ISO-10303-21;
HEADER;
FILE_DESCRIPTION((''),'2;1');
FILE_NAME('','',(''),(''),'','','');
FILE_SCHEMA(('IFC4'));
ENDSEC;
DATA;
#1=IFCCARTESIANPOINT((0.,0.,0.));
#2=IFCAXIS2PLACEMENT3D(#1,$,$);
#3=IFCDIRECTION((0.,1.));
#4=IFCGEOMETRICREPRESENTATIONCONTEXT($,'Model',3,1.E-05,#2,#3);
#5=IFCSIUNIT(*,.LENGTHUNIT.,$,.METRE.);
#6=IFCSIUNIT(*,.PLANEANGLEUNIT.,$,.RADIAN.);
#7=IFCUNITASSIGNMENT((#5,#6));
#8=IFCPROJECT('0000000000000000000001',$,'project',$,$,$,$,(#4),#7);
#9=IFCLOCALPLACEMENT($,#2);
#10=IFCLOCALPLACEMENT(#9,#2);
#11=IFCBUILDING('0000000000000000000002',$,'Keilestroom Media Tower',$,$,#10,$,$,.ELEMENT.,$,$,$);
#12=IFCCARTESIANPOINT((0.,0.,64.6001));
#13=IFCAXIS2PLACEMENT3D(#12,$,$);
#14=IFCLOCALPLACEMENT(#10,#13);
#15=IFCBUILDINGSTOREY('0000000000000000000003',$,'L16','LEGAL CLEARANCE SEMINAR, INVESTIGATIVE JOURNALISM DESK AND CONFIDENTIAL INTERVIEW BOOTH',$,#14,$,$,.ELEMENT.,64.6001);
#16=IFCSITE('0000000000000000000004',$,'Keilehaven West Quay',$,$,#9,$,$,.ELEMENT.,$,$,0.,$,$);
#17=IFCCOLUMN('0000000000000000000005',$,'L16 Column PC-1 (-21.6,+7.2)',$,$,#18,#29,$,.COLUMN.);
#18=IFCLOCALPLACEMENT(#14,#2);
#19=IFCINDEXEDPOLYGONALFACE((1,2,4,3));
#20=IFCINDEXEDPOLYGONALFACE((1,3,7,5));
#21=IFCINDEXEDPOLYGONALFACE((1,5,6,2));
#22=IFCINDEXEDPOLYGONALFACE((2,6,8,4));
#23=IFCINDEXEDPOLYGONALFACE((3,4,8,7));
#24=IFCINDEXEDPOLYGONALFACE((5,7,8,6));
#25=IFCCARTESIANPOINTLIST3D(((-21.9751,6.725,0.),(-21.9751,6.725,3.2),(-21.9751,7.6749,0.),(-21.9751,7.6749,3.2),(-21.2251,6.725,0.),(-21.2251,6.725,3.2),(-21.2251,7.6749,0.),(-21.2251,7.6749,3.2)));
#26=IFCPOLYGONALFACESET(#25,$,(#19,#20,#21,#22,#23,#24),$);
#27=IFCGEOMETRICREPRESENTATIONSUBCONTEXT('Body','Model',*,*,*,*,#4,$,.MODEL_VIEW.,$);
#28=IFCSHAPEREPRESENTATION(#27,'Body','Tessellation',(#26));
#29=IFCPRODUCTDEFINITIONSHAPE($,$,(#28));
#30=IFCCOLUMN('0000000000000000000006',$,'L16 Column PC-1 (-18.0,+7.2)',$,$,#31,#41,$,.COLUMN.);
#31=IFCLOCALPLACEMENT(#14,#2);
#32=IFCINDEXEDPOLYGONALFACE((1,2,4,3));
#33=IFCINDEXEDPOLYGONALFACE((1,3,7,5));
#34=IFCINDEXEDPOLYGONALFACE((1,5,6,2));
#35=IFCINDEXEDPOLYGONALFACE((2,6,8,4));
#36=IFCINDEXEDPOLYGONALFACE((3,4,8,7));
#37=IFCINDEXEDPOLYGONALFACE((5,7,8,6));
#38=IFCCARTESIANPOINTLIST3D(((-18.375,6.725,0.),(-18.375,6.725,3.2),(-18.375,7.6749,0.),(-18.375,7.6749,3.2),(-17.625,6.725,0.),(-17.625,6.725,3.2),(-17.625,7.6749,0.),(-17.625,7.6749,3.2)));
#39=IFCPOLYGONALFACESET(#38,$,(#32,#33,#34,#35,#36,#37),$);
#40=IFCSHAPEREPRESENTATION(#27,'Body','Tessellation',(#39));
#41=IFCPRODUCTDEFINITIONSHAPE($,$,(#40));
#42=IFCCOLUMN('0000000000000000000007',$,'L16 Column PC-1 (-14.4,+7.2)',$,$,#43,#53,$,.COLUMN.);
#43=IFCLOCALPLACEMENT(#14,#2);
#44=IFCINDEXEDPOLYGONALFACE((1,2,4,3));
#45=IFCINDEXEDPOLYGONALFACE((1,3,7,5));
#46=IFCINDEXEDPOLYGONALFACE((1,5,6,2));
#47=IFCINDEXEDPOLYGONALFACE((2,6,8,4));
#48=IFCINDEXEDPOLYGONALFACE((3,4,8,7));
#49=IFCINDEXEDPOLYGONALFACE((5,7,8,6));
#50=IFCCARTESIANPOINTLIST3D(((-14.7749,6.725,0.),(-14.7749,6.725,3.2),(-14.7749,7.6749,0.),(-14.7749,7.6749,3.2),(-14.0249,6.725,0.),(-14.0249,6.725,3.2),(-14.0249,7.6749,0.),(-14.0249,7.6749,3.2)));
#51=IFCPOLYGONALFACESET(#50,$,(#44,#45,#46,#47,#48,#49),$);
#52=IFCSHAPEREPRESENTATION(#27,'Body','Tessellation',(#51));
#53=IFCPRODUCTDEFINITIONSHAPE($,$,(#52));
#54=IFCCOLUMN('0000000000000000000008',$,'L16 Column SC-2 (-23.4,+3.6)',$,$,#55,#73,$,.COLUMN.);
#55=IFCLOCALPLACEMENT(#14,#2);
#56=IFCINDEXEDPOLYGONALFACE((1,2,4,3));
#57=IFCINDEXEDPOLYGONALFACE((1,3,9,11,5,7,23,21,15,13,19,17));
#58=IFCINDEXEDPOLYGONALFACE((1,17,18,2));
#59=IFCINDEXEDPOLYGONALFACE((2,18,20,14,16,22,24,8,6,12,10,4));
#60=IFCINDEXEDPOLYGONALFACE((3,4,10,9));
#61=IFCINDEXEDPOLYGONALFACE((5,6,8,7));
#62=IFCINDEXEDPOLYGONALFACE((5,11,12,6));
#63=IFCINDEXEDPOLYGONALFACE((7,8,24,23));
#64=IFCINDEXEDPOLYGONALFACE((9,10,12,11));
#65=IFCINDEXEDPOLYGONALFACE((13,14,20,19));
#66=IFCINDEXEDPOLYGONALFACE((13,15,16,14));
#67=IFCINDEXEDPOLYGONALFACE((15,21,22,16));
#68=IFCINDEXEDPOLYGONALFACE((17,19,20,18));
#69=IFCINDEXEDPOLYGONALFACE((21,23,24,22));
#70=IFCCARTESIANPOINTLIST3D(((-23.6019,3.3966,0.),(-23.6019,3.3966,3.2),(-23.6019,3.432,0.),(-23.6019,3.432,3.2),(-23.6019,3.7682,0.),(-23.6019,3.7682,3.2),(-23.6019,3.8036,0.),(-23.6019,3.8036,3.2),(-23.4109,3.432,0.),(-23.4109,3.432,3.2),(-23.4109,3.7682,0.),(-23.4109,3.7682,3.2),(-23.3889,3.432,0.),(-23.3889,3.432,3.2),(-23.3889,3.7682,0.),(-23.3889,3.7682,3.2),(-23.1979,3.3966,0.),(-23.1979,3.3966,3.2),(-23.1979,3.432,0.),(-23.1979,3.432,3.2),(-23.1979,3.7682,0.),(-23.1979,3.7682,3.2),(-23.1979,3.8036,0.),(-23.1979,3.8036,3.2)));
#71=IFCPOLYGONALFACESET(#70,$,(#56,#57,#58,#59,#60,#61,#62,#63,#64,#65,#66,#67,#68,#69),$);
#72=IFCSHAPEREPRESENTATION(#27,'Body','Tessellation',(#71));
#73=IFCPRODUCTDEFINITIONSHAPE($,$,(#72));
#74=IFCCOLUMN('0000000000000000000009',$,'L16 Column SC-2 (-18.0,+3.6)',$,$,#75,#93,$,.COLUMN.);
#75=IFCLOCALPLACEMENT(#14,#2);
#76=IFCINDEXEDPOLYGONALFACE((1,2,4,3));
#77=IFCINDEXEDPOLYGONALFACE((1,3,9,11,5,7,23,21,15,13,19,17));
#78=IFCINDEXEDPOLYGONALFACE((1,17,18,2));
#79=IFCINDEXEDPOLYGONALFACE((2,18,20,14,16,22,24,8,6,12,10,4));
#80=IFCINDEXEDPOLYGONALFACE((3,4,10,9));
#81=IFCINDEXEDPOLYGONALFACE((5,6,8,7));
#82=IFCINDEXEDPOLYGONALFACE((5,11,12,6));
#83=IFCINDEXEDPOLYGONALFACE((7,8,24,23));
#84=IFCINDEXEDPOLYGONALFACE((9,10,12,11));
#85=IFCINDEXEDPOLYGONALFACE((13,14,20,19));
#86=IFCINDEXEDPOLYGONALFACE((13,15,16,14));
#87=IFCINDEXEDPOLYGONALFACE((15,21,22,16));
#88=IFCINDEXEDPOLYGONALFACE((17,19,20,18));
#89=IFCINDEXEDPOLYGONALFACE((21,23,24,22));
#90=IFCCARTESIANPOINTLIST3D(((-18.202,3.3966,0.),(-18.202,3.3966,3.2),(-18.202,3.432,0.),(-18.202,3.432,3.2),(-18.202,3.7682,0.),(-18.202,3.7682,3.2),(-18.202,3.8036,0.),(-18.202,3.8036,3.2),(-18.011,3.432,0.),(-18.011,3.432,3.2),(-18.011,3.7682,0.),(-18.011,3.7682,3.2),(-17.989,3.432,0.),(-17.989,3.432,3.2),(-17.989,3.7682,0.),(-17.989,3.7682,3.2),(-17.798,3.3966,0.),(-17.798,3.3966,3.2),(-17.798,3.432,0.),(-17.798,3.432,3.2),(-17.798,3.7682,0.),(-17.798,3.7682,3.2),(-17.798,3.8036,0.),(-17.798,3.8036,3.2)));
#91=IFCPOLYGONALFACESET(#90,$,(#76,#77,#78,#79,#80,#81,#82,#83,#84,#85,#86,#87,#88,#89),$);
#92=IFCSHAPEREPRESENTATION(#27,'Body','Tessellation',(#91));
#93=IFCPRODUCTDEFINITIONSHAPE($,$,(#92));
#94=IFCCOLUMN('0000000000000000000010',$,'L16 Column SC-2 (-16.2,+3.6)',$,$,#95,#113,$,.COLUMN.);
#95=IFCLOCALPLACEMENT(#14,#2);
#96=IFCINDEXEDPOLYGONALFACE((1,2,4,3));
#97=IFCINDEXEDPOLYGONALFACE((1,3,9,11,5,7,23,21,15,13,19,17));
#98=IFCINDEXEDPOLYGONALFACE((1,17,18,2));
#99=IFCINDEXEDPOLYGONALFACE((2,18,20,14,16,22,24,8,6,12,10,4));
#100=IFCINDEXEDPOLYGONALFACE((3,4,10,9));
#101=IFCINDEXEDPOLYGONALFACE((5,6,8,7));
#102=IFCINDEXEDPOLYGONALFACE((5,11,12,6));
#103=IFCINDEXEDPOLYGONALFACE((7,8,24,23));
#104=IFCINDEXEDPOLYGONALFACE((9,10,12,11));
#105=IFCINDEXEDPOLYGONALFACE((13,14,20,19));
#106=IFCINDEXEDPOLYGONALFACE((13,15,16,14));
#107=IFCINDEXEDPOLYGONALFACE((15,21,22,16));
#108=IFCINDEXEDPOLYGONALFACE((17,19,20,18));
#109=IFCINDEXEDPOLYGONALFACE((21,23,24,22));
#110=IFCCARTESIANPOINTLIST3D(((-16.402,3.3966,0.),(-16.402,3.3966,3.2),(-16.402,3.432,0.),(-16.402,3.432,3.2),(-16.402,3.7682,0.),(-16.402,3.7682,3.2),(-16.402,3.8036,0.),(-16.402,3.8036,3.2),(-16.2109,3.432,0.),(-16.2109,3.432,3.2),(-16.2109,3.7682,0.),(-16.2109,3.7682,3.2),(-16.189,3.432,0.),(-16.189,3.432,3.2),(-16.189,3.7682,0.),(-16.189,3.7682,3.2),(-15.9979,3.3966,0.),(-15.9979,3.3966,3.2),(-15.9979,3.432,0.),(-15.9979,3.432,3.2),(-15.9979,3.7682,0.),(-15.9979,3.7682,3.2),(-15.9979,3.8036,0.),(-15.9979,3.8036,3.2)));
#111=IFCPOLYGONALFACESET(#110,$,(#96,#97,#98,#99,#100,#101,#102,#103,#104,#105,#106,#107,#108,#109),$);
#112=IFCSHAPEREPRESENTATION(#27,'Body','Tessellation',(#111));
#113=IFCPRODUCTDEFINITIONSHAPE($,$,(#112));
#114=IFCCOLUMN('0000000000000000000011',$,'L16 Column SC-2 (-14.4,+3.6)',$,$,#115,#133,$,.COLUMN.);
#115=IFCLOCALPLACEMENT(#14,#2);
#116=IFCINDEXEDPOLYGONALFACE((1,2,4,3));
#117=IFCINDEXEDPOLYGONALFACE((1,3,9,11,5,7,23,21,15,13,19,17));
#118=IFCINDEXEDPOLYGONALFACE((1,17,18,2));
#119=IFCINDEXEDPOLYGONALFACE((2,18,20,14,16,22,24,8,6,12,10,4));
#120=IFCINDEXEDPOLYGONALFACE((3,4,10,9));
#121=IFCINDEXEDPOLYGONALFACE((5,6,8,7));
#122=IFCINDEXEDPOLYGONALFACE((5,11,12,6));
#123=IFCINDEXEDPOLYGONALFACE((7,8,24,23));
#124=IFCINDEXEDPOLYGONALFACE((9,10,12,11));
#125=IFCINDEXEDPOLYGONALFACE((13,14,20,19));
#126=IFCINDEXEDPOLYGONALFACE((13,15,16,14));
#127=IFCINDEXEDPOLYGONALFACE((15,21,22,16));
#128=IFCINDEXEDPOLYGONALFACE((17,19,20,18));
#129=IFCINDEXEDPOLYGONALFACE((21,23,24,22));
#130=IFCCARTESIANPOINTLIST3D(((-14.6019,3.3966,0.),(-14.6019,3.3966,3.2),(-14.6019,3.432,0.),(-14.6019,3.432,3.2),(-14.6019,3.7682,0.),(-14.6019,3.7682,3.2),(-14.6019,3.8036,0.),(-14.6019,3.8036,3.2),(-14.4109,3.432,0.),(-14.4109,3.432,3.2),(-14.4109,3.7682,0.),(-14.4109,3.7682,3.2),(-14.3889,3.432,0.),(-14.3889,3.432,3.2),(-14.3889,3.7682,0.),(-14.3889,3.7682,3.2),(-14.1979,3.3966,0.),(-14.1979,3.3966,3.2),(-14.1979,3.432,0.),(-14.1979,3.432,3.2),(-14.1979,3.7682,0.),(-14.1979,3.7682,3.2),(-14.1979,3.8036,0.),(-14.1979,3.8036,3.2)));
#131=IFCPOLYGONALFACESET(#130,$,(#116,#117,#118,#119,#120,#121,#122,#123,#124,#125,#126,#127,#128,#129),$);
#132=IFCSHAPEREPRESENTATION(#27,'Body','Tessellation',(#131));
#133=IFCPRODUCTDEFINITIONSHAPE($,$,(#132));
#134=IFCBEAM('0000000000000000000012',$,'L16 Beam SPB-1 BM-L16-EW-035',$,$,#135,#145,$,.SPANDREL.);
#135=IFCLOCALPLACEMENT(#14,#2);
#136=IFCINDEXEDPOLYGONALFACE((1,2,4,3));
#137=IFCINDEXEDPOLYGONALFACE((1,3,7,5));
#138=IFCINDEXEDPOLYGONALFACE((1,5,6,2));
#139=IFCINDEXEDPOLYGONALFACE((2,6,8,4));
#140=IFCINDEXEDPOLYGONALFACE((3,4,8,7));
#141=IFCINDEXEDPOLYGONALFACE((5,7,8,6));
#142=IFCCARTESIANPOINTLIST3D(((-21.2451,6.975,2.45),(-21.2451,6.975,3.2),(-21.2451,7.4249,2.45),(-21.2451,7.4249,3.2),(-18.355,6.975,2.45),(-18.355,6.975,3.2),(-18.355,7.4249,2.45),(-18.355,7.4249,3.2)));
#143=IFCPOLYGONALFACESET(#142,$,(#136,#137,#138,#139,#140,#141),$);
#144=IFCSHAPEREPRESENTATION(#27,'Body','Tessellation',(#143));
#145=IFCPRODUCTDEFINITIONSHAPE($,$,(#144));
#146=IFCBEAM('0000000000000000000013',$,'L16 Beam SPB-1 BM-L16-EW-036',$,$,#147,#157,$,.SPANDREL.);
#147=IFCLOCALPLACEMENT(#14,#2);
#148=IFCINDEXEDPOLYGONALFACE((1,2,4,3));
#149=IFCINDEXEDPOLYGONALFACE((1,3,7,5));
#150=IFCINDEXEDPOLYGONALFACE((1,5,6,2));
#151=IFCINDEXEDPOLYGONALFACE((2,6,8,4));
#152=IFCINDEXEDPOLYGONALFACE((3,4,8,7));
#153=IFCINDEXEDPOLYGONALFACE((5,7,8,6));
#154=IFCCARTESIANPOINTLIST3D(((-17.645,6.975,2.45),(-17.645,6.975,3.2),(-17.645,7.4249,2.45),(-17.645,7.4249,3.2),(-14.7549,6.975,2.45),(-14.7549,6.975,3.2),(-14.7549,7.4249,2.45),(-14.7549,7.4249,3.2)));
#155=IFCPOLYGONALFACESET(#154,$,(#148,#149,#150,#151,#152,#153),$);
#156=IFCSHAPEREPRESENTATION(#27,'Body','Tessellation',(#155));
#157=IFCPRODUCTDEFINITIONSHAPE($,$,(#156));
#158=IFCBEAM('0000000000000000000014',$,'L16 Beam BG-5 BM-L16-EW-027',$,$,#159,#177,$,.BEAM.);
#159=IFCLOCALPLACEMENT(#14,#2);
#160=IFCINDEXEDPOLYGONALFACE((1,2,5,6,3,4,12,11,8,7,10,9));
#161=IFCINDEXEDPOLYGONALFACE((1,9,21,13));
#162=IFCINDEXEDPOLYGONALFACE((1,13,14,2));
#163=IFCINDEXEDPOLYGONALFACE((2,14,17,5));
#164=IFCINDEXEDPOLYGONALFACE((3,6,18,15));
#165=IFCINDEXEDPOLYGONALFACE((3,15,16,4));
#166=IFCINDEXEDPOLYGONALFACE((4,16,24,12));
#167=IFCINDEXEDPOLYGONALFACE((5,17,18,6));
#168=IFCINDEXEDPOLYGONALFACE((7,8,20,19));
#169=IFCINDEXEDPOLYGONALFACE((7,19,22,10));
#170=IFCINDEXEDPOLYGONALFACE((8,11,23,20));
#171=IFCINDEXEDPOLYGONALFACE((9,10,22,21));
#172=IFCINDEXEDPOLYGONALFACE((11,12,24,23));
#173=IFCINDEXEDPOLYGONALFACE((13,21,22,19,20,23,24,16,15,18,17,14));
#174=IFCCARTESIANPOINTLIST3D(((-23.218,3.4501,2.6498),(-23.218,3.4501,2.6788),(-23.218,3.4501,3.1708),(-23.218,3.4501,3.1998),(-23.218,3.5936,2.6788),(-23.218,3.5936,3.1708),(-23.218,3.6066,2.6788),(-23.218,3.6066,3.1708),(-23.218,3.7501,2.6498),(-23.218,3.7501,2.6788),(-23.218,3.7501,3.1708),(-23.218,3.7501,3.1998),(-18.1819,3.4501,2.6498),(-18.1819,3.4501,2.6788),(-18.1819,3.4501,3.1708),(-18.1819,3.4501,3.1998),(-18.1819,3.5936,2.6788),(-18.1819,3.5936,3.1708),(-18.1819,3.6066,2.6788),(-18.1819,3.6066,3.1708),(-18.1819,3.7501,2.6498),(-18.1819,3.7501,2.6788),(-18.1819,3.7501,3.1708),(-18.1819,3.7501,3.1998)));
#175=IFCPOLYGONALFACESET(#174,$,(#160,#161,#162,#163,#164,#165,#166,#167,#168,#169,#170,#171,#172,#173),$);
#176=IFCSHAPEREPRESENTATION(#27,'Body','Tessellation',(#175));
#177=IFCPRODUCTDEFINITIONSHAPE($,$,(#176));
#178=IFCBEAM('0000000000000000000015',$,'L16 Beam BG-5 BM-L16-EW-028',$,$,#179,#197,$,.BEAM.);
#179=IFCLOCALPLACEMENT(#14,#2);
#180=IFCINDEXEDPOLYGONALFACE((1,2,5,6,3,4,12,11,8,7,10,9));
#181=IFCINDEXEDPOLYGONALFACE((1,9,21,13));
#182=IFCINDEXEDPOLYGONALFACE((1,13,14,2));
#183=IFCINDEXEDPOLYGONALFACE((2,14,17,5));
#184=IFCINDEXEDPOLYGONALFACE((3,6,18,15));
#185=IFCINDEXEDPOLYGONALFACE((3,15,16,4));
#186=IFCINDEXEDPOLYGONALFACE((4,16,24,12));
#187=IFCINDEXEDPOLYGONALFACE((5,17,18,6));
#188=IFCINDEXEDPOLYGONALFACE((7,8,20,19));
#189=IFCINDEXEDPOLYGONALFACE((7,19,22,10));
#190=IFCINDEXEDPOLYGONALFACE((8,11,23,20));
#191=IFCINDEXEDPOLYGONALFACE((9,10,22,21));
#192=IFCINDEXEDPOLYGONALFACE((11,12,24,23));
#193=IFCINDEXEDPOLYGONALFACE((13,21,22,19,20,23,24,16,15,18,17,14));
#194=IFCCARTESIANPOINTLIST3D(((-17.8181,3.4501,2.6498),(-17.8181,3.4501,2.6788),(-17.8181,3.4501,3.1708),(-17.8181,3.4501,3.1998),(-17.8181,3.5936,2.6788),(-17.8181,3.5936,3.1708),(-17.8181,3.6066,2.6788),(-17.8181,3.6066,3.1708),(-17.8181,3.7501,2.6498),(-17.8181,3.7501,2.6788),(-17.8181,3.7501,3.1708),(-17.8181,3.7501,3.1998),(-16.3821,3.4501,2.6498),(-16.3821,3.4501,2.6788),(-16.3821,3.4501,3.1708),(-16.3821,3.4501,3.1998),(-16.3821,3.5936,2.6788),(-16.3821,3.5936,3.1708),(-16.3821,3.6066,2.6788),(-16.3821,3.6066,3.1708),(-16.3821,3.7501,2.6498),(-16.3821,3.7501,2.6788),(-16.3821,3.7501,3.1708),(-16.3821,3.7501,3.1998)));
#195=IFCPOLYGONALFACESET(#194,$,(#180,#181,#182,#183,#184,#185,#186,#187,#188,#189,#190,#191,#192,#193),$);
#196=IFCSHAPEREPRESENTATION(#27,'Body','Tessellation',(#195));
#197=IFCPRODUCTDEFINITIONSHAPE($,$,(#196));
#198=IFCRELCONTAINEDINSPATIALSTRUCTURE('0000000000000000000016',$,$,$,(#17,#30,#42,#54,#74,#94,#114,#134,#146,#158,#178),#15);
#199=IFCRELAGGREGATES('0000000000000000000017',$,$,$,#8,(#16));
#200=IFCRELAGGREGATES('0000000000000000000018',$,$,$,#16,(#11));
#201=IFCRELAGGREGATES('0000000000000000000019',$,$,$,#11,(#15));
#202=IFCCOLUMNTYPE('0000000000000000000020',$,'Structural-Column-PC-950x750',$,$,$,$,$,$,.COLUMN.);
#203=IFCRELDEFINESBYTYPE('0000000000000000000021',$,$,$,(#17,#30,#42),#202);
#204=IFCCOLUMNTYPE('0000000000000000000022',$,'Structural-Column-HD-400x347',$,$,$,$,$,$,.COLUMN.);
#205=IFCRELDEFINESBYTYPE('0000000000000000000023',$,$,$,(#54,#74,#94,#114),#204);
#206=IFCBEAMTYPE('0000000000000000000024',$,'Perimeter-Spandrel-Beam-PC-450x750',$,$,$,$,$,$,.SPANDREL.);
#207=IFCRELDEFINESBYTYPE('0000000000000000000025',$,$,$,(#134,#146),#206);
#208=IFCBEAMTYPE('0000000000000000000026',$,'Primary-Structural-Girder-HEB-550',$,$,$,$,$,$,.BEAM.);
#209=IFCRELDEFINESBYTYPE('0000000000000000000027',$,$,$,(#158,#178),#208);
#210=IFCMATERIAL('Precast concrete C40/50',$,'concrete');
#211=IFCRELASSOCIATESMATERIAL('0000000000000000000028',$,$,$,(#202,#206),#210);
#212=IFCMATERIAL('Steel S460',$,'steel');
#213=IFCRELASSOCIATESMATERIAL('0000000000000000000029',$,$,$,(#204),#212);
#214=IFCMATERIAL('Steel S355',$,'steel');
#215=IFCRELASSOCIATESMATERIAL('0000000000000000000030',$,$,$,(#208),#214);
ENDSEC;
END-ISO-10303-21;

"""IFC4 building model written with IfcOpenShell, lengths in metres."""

from ifc_helpers import new_model, si_unit, direction, frame, origin, origin_2d, place, context, subcontext, project, spatial, rectangle, i_section, extrude, source, transform, mapped, material, material_profile, profile_set, type_object, element, save


model = new_model("IFC4")

# Units and contexts
model_context = context("Model", 3, precision=1e-05, world=origin(), true_north=direction((0.0, 1.0)))
body_context = subcontext(model_context, "Body", "Model", "MODEL_VIEW")
ifc_project = project(units=[si_unit("LENGTHUNIT", "METRE"), si_unit("PLANEANGLEUNIT", "RADIAN")], contexts=[model_context])

# Site, building, storey
site_placement = place(None, origin())
site = spatial("IfcSite", under=ifc_project, at=site_placement, Name="Keilehaven West Quay", CompositionType="ELEMENT", RefElevation=0.0)
building_placement = place(site_placement, origin())
building = spatial("IfcBuilding", under=site, at=building_placement, Name="Keilestroom Media Tower", CompositionType="ELEMENT")
storey_placement = place(building_placement, frame((0.0, 0.0, 64.6001)))
storey = spatial("IfcBuildingStorey", under=building, at=storey_placement, Name="L16", Description="LEGAL CLEARANCE SEMINAR, INVESTIGATIVE JOURNALISM DESK AND CONFIDENTIAL INTERVIEW BOOTH", CompositionType="ELEMENT", Elevation=64.6001)

# Columns
ifc_material_1 = material(Name="Precast concrete C40/50", Category="concrete")
ifc_material_profile_1 = material_profile(ifc_material_1, rectangle(XDim=0.75, YDim=0.95, at=origin_2d()), Name="PC 950x750")
ifc_profile_set_1 = profile_set([ifc_material_profile_1], Name="Precast concrete C40/50")
column_type_1 = type_object("IfcColumnType", Name="Structural-Column-PC-950x750", PredefinedType="COLUMN", material=ifc_profile_set_1)
shared_shape_1 = source(origin(), body_context, "Body", "SweptSolid", [
    extrude(rectangle(XDim=0.75, YDim=0.95, at=origin_2d()), origin(), (0.0, 0.0, 1.0), 3.2),
])
for number, where, z_axis, x_axis, name in (
    (1, (-21.6001, 7.2, 0.0), (0.0, 0.0, 1.0), (1.0, 0.0, 0.0), "L16 Column PC-1 (-21.6,+7.2)"),
    (2, (-18.0, 7.2, 0.0), (0.0, 0.0, 1.0), (1.0, 0.0, 0.0), "L16 Column PC-1 (-18.0,+7.2)"),
    (3, (-14.3999, 7.2, 0.0), (0.0, 0.0, 1.0), (1.0, 0.0, 0.0), "L16 Column PC-1 (-14.4,+7.2)"),
):
    element("IfcColumn", number, at=place(storey_placement, frame(where, z_axis=z_axis, x_axis=x_axis)), inside=storey, type_object=column_type_1, Name=name, PredefinedType="COLUMN", context=body_context, shape_type="MappedRepresentation", body=[
        mapped(shared_shape_1, transform((0.0, 0.0, 0.0), x_axis=(1.0, 0.0, 0.0), y_axis=(0.0, 1.0, 0.0), z_axis=(0.0, 0.0, 1.0), scale=1.0)),
    ])
ifc_material_2 = material(Name="Steel S460", Category="steel")
ifc_material_profile_2 = material_profile(ifc_material_2, i_section(OverallWidth=0.4041, OverallDepth=0.407, WebThickness=0.022, FlangeThickness=0.0354, at=origin_2d()), Name="HD 400x347")
ifc_profile_set_2 = profile_set([ifc_material_profile_2], Name="Steel S460")
column_type_2 = type_object("IfcColumnType", Name="Structural-Column-HD-400x347", PredefinedType="COLUMN", material=ifc_profile_set_2)
shared_shape_2 = source(origin(), body_context, "Body", "SweptSolid", [
    extrude(i_section(OverallWidth=0.4041, OverallDepth=0.407, WebThickness=0.022, FlangeThickness=0.0354, at=origin_2d()), origin(), (0.0, 0.0, 1.0), 3.2),
])
for number, where, z_axis, x_axis, name in (
    (4, (-23.3999, 3.6001, 0.0), (0.0, 0.0, 1.0), (1.0, 0.0, 0.0), "L16 Column SC-2 (-23.4,+3.6)"),
    (5, (-18.0, 3.6001, 0.0), (0.0, 0.0, 1.0), (1.0, 0.0, 0.0), "L16 Column SC-2 (-18.0,+3.6)"),
    (6, (-16.2, 3.6001, 0.0), (0.0, 0.0, 1.0), (1.0, 0.0, 0.0), "L16 Column SC-2 (-16.2,+3.6)"),
    (7, (-14.3999, 3.6001, 0.0), (0.0, 0.0, 1.0), (1.0, 0.0, 0.0), "L16 Column SC-2 (-14.4,+3.6)"),
):
    element("IfcColumn", number, at=place(storey_placement, frame(where, z_axis=z_axis, x_axis=x_axis)), inside=storey, type_object=column_type_2, Name=name, PredefinedType="COLUMN", context=body_context, shape_type="MappedRepresentation", body=[
        mapped(shared_shape_2, transform((0.0, 0.0, 0.0), x_axis=(1.0, 0.0, 0.0), y_axis=(0.0, 1.0, 0.0), z_axis=(0.0, 0.0, 1.0), scale=1.0)),
    ])

# Beams
ifc_material_profile_3 = material_profile(ifc_material_1, rectangle(XDim=0.45, YDim=0.75, at=origin_2d()), Name="PC 450x750")
ifc_profile_set_3 = profile_set([ifc_material_profile_3], Name="Precast concrete C40/50")
beam_type_1 = type_object("IfcBeamType", Name="Perimeter-Spandrel-Beam-PC-450x750", PredefinedType="SPANDREL", material=ifc_profile_set_3)
shared_shape_3 = source(origin(), body_context, "Body", "SweptSolid", [
    extrude(rectangle(XDim=0.45, YDim=0.75, at=origin_2d()), origin(), (0.0, 0.0, 1.0), 2.8901),
])
for number, where, z_axis, x_axis, name in (
    (8, (-21.2451, 7.2, 2.825), (1.0, 0.0, 0.0), (0.0, 1.0, 0.0), "L16 Beam SPB-1 BM-L16-EW-035"),
    (9, (-17.645, 7.2, 2.825), (1.0, 0.0, 0.0), (0.0, 1.0, 0.0), "L16 Beam SPB-1 BM-L16-EW-036"),
):
    element("IfcBeam", number, at=place(storey_placement, frame(where, z_axis=z_axis, x_axis=x_axis)), inside=storey, type_object=beam_type_1, Name=name, PredefinedType="SPANDREL", context=body_context, shape_type="MappedRepresentation", body=[
        mapped(shared_shape_3, transform((0.0, 0.0, 0.0), x_axis=(1.0, 0.0, 0.0), y_axis=(0.0, 1.0, 0.0), z_axis=(0.0, 0.0, 1.0), scale=1.0)),
    ])
ifc_material_3 = material(Name="Steel S355", Category="steel")
ifc_material_profile_4 = material_profile(ifc_material_3, i_section(OverallWidth=0.3, OverallDepth=0.55, WebThickness=0.0129, FlangeThickness=0.0291, at=origin_2d()), Name="HEB 550")
ifc_profile_set_4 = profile_set([ifc_material_profile_4], Name="Steel S355")
beam_type_2 = type_object("IfcBeamType", Name="Primary-Structural-Girder-HEB-550", PredefinedType="BEAM", material=ifc_profile_set_4)
shared_shape_4 = source(origin(), body_context, "Body", "SweptSolid", [
    extrude(i_section(OverallWidth=0.3, OverallDepth=0.55, WebThickness=0.0129, FlangeThickness=0.0291, at=origin_2d()), origin(), (0.0, 0.0, 1.0), 5.0361),
])
beam_placement = place(storey_placement, frame((-23.218, 3.6001, 2.9248), z_axis=(1.0, 0.0, 0.0), x_axis=(0.0, 1.0, 0.0)))
element("IfcBeam", 10, at=beam_placement, inside=storey, type_object=beam_type_2, Name="L16 Beam BG-5 BM-L16-EW-027", PredefinedType="BEAM", context=body_context, shape_type="MappedRepresentation", body=[
    mapped(shared_shape_4, transform((0.0, 0.0, 0.0), x_axis=(1.0, 0.0, 0.0), y_axis=(0.0, 1.0, 0.0), z_axis=(0.0, 0.0, 1.0), scale=1.0)),
])
shared_shape_5 = source(origin(), body_context, "Body", "SweptSolid", [
    extrude(i_section(OverallWidth=0.3, OverallDepth=0.55, WebThickness=0.0129, FlangeThickness=0.0291, at=origin_2d()), origin(), (0.0, 0.0, 1.0), 1.436),
])
for number, where, z_axis, x_axis, name in (
    (11, (-17.8181, 3.6001, 2.9248), (1.0, 0.0, 0.0), (0.0, 1.0, 0.0), "L16 Beam BG-5 BM-L16-EW-028"),
):
    element("IfcBeam", number, at=place(storey_placement, frame(where, z_axis=z_axis, x_axis=x_axis)), inside=storey, type_object=beam_type_2, Name=name, PredefinedType="BEAM", context=body_context, shape_type="MappedRepresentation", body=[
        mapped(shared_shape_5, transform((0.0, 0.0, 0.0), x_axis=(1.0, 0.0, 0.0), y_axis=(0.0, 1.0, 0.0), z_axis=(0.0, 0.0, 1.0), scale=1.0)),
    ])

save(model, "model.ifc")
